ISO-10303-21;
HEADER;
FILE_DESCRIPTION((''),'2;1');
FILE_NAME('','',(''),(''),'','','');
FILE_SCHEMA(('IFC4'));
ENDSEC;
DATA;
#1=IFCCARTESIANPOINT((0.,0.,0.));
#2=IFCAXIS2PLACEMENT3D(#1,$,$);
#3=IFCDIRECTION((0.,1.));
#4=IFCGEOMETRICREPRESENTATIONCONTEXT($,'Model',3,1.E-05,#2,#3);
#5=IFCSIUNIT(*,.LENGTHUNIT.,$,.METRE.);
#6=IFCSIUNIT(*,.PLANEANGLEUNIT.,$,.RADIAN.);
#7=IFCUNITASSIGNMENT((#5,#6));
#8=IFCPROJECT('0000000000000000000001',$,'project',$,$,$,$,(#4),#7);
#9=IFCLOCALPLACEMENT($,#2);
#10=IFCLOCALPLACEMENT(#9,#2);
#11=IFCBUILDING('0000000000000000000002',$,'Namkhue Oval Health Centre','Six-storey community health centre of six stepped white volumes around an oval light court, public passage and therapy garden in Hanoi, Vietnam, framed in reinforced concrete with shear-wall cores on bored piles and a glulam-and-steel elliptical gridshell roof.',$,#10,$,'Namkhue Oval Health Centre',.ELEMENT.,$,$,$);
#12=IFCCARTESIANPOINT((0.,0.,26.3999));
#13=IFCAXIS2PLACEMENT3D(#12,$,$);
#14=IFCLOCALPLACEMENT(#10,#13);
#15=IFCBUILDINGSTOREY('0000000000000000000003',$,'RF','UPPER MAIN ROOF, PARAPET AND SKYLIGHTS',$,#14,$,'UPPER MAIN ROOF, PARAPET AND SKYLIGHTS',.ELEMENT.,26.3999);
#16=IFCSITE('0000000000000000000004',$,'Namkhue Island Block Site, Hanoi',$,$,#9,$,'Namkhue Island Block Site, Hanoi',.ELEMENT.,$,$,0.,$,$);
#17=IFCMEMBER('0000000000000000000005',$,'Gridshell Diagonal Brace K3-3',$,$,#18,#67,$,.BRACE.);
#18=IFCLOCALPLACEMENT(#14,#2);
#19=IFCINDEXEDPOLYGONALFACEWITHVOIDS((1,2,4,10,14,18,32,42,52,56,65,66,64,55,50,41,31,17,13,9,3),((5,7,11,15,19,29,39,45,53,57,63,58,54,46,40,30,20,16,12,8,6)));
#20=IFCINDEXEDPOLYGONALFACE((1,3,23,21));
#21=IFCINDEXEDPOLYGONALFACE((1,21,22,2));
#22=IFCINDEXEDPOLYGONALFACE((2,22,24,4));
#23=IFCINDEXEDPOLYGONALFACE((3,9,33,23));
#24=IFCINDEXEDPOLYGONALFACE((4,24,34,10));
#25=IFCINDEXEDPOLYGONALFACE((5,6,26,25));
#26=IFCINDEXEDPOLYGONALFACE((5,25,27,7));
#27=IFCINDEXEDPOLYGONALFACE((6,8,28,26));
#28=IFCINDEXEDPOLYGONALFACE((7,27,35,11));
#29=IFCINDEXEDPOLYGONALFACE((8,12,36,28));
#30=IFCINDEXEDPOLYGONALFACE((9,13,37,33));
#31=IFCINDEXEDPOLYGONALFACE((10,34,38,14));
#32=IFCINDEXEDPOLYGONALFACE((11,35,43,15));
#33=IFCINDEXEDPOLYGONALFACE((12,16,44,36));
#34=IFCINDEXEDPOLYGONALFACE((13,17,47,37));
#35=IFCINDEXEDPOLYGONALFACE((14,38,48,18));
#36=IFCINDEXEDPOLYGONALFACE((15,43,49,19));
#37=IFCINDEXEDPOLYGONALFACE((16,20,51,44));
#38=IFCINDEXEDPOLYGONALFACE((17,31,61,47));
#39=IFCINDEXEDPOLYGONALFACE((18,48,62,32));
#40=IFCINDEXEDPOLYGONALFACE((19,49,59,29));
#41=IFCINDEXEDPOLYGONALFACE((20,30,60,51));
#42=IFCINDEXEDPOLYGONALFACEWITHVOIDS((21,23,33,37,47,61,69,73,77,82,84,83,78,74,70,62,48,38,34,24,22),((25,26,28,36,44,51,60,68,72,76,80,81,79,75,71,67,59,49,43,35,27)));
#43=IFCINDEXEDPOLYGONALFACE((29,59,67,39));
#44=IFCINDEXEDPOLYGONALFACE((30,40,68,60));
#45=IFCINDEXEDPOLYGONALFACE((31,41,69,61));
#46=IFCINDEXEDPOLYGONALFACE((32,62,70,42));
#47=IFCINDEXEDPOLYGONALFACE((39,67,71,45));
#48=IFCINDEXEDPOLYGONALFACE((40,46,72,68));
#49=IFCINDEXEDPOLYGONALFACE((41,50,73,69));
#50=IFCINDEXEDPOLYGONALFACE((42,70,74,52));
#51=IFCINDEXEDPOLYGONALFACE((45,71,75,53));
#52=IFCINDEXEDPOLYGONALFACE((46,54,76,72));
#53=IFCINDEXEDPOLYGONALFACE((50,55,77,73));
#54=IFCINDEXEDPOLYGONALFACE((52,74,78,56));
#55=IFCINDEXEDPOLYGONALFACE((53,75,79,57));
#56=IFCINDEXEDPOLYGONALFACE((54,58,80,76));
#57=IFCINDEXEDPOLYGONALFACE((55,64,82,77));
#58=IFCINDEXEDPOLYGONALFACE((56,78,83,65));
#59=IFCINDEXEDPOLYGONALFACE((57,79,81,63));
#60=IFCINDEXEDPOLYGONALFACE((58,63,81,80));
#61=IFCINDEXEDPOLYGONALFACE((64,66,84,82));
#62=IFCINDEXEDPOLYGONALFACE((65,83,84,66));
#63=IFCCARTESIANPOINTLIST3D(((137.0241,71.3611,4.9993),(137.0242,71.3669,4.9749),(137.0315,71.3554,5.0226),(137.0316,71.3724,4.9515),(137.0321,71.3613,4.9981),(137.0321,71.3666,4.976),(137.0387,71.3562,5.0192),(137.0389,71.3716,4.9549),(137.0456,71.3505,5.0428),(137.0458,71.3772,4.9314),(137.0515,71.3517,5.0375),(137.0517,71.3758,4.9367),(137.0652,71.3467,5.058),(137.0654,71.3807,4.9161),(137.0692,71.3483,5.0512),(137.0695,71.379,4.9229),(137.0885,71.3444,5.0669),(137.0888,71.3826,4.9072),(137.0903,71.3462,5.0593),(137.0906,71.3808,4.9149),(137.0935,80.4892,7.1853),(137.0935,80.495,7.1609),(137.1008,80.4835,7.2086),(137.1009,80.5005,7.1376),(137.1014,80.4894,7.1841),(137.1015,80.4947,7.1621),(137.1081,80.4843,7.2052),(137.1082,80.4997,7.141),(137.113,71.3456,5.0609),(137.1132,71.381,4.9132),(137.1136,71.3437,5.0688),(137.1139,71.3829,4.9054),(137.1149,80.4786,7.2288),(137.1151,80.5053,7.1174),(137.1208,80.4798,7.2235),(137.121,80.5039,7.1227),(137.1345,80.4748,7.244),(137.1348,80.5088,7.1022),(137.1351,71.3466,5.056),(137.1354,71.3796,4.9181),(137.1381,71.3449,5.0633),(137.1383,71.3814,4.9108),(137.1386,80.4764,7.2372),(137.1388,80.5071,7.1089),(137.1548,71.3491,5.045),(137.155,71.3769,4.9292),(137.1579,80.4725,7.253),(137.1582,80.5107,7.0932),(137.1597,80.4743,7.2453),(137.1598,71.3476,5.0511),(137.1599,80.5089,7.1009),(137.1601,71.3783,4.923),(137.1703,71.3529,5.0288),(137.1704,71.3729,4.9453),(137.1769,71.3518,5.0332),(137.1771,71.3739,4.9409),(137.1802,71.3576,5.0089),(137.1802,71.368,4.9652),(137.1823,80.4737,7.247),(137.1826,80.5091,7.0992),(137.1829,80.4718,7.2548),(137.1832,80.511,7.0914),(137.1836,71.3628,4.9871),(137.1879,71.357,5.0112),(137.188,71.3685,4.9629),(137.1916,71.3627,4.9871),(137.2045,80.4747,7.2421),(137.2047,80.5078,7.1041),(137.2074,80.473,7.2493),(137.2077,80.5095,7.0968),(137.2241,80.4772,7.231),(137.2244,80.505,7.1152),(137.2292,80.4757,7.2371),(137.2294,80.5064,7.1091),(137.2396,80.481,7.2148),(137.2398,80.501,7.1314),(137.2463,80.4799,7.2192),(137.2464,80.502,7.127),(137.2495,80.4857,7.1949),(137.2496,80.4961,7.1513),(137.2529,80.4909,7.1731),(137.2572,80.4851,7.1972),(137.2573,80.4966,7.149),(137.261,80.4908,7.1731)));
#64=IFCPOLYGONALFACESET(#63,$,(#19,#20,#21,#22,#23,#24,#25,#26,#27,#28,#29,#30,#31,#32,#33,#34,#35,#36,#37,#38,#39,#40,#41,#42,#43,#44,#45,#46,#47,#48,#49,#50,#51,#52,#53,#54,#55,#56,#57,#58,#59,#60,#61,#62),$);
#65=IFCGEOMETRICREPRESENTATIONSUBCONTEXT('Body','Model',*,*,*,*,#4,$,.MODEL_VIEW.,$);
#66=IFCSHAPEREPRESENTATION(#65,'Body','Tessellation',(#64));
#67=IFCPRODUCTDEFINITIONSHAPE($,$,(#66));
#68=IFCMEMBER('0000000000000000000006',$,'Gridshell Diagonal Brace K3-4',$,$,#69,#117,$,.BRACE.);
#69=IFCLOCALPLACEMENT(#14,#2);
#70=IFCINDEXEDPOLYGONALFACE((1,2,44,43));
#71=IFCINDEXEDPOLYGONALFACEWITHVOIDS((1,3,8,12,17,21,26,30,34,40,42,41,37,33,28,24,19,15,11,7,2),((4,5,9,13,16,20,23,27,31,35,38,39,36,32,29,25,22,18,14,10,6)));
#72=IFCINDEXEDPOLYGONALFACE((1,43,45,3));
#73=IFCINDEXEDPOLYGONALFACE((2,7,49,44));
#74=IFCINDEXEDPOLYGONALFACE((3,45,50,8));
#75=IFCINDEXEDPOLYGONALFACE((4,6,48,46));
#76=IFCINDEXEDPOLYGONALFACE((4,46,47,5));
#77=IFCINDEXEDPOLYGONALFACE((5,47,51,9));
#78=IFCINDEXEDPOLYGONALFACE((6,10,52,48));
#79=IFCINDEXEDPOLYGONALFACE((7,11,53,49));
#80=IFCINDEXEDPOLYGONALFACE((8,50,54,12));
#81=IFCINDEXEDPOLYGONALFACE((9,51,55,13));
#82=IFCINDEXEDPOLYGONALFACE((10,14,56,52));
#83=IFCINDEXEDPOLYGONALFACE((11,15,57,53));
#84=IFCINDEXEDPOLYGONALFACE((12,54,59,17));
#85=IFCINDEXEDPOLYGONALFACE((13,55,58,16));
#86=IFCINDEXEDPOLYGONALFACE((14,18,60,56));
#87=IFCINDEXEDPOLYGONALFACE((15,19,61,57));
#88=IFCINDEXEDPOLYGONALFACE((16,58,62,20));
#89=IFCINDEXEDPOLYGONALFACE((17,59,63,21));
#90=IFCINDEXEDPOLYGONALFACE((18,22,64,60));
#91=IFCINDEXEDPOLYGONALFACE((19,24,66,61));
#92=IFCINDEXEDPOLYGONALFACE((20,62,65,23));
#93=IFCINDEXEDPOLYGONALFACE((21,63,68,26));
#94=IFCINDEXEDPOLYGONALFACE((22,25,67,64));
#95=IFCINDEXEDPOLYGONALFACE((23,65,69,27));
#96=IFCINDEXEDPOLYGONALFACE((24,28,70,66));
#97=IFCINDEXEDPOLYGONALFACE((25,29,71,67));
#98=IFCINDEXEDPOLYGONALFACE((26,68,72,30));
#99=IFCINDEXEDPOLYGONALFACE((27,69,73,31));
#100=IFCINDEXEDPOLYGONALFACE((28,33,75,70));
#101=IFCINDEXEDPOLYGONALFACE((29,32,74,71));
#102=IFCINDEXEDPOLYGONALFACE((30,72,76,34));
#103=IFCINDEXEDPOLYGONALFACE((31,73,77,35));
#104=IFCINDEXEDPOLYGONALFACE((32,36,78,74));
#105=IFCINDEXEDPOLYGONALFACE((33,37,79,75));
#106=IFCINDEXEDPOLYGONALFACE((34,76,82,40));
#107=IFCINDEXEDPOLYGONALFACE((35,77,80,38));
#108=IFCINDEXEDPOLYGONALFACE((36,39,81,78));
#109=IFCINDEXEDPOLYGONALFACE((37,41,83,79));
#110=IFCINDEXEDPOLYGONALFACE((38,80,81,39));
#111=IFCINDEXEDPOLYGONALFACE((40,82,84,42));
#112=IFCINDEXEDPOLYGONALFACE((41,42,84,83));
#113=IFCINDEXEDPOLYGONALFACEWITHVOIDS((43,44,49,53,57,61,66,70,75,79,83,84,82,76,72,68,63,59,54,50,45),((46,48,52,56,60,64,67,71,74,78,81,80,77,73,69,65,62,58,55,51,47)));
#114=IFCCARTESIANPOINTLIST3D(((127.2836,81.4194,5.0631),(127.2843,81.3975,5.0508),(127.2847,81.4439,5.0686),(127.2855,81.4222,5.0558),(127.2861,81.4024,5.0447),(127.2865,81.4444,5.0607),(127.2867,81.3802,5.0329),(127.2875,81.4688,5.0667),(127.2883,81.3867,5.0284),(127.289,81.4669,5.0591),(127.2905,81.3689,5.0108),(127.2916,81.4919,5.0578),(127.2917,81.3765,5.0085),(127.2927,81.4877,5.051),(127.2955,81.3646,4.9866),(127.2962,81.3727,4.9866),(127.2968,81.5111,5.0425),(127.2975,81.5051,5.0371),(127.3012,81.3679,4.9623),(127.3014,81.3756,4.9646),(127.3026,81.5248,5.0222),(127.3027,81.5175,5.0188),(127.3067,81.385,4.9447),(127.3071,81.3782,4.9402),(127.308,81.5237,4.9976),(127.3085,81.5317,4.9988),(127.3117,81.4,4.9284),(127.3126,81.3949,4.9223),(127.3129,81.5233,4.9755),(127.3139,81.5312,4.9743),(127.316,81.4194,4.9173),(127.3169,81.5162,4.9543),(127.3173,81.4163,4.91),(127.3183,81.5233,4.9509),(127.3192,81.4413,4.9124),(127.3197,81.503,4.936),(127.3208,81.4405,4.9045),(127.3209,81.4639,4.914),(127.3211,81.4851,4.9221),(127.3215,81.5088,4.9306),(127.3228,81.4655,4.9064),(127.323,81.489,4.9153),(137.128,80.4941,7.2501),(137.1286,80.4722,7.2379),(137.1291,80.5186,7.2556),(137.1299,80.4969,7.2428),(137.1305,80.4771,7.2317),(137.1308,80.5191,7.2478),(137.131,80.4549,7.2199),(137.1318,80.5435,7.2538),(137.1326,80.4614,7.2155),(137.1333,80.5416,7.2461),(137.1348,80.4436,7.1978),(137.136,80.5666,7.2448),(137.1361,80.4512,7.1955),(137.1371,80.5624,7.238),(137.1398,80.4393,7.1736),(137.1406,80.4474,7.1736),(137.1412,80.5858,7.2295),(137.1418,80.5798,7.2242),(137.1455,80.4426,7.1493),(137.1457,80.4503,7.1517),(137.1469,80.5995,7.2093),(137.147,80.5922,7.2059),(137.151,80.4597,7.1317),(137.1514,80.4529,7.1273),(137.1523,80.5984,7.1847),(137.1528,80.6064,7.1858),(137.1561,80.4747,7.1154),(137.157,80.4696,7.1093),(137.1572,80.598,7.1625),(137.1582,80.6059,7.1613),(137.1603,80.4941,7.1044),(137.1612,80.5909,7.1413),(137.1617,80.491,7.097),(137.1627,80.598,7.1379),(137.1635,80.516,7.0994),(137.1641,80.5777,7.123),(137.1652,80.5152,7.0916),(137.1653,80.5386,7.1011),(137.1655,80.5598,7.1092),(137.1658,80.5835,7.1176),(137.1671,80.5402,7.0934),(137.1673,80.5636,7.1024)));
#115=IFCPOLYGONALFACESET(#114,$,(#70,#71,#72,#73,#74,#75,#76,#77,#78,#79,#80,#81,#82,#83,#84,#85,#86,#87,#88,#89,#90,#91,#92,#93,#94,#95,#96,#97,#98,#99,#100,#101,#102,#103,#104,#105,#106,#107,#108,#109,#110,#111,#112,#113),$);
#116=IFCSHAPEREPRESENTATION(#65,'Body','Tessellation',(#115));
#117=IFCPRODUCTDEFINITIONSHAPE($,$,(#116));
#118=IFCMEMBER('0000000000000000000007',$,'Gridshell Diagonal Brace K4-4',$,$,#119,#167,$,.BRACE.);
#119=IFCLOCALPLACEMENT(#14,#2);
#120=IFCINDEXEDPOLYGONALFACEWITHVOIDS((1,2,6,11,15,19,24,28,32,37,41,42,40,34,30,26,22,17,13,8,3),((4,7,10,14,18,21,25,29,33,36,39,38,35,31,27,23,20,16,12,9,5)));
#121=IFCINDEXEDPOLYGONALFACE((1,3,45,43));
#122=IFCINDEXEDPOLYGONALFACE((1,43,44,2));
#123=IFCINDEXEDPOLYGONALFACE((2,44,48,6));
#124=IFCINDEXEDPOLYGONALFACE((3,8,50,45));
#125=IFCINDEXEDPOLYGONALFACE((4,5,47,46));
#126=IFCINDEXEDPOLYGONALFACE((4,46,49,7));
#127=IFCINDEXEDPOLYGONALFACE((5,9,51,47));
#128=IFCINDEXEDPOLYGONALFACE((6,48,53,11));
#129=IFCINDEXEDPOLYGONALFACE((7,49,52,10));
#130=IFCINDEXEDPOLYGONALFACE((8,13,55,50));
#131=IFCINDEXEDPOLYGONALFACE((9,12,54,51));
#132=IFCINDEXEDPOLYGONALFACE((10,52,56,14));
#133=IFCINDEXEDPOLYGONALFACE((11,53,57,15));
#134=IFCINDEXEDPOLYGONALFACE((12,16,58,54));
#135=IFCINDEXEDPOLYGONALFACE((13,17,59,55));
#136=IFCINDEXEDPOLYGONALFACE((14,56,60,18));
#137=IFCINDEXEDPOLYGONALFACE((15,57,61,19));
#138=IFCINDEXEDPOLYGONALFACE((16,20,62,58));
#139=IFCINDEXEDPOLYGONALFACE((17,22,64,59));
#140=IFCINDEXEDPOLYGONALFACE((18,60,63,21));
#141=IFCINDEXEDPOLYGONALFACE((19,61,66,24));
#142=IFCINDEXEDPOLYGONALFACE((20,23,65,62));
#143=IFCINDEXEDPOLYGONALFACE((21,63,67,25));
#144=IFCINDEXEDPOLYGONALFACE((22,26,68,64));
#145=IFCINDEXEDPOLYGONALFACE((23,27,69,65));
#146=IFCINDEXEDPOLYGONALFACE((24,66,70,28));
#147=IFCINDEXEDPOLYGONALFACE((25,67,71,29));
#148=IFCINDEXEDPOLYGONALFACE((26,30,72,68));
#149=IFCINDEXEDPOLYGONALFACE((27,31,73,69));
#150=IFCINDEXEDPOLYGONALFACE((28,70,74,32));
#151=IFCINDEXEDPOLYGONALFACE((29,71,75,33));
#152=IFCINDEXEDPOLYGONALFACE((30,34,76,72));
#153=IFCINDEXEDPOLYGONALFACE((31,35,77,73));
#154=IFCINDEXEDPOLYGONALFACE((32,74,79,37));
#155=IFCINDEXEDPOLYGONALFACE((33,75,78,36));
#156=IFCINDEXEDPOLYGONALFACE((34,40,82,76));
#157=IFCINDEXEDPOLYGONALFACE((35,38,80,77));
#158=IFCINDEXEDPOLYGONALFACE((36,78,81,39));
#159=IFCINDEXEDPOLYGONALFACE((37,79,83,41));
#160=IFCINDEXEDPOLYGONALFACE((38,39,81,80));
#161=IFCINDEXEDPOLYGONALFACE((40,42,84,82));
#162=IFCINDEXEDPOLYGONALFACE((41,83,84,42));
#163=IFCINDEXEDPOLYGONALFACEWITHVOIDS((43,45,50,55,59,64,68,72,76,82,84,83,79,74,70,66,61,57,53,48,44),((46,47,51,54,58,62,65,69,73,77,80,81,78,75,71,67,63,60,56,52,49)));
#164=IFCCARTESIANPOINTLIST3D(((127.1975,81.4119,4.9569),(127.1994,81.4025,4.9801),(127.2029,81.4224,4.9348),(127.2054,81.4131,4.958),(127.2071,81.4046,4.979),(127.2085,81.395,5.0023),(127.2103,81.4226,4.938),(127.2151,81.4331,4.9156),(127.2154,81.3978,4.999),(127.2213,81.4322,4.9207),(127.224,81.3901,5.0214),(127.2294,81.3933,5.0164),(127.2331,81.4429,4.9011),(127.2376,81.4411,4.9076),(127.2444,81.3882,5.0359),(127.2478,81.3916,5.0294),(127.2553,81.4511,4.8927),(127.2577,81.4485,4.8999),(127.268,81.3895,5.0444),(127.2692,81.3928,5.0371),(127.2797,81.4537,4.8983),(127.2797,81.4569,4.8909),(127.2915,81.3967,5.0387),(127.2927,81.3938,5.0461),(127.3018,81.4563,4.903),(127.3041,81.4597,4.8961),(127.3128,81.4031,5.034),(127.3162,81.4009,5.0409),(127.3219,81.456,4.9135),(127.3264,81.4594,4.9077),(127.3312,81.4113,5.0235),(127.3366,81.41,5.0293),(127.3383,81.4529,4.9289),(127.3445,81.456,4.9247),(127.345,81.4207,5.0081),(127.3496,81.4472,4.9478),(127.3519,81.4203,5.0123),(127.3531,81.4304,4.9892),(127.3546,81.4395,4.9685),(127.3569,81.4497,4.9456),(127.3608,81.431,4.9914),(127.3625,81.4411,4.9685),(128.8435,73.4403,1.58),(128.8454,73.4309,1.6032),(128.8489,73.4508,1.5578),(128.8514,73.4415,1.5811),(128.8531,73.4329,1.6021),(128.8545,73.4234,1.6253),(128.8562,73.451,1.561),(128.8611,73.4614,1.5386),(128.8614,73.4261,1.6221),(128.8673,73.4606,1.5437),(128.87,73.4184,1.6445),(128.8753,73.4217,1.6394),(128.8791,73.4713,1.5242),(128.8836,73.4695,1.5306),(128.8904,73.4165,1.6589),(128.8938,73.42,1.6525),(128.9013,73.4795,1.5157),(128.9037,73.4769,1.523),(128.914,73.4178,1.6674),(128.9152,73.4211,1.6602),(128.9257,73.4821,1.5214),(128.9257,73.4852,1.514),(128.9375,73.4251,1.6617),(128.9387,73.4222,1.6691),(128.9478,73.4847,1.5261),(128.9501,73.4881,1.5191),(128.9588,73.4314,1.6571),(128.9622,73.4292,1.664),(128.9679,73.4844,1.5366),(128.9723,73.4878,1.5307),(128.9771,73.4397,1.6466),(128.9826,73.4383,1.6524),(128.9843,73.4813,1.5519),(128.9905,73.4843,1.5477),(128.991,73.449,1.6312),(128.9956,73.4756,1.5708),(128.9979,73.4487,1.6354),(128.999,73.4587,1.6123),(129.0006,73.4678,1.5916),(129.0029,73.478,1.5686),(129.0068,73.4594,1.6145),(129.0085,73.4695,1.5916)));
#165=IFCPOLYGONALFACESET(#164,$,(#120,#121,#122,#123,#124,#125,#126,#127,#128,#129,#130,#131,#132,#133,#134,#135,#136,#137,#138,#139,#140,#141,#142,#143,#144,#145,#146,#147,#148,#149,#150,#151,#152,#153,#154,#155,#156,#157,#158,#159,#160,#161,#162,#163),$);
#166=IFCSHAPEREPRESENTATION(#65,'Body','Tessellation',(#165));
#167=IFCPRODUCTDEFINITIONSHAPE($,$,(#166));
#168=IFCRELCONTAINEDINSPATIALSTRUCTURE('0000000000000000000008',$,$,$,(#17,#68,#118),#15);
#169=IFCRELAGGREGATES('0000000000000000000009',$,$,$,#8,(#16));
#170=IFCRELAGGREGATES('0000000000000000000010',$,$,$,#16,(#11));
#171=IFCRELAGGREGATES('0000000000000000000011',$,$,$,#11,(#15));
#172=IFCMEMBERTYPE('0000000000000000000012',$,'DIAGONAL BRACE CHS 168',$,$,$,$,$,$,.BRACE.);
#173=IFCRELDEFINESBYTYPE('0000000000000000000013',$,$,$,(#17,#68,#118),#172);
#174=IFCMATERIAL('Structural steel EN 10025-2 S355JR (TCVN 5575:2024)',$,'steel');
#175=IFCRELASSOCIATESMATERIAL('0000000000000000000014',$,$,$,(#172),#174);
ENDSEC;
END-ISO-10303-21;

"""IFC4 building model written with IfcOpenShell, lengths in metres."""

from ifc_helpers import new_model, si_unit, direction, frame, origin, origin_2d, place, context, subcontext, project, spatial, hollow_circle, extrude, material, material_profile, profile_set, type_object, element, save


model = new_model("IFC4")

# Units and contexts
model_context = context("Model", 3, precision=1e-05, world=origin(), true_north=direction((0.0, 1.0)))
body_context = subcontext(model_context, "Body", "Model", "MODEL_VIEW")
ifc_project = project(units=[si_unit("LENGTHUNIT", "METRE"), si_unit("PLANEANGLEUNIT", "RADIAN")], contexts=[model_context])

# Site, building, storey
site_placement = place(None, origin())
site = spatial("IfcSite", under=ifc_project, at=site_placement, Name="Namkhue Island Block Site, Hanoi", LongName="Namkhue Island Block Site, Hanoi", CompositionType="ELEMENT", RefElevation=0.0)
building_placement = place(site_placement, origin())
building = spatial("IfcBuilding", under=site, at=building_placement, Name="Namkhue Oval Health Centre", Description="Six-storey community health centre of six stepped white volumes around an oval light court, public passage and therapy garden in Hanoi, Vietnam, framed in reinforced concrete with shear-wall cores on bored piles and a glulam-and-steel elliptical gridshell roof.", LongName="Namkhue Oval Health Centre", CompositionType="ELEMENT")
storey_placement = place(building_placement, frame((0.0, 0.0, 26.3999)))
storey = spatial("IfcBuildingStorey", under=building, at=storey_placement, Name="RF", Description="UPPER MAIN ROOF, PARAPET AND SKYLIGHTS", LongName="UPPER MAIN ROOF, PARAPET AND SKYLIGHTS", CompositionType="ELEMENT", Elevation=26.3999)

# Members
ifc_material_1 = material(Name="Structural steel EN 10025-2 S355JR (TCVN 5575:2024)", Category="steel")
ifc_material_profile_1 = material_profile(ifc_material_1, hollow_circle(Radius=0.0842, WallThickness=0.0081, at=origin_2d()), Name="CHS 168.3x8")
ifc_profile_set_1 = profile_set([ifc_material_profile_1], Name="Structural steel EN 10025-2 S355JR (TCVN 5575:2024)")
member_type_1 = type_object("IfcMemberType", Name="DIAGONAL BRACE CHS 168", PredefinedType="BRACE", material=ifc_profile_set_1)
member_1_placement = place(storey_placement, frame((137.1768, 80.4915, 7.1731), z_axis=(-0.007387, -0.972475, -0.23289), x_axis=(0.999971, -0.007596, 0.0)))
element("IfcMember", 1, at=member_1_placement, inside=storey, type_object=member_type_1, Name="Gridshell Diagonal Brace K3-3", PredefinedType="BRACE", context=body_context, shape_type="SweptSolid", body=[
    extrude(hollow_circle(Radius=0.0842, WallThickness=0.0081, at=origin_2d()), origin(), (0.0, 0.0, 1.0), 9.3865),
])
member_2_placement = place(storey_placement, frame((137.1477, 80.5232, 7.1736), z_axis=(-0.972116, 0.091372, -0.215967), x_axis=(-0.093581, -0.995612, 0.0)))
element("IfcMember", 2, at=member_2_placement, inside=storey, type_object=member_type_1, Name="Gridshell Diagonal Brace K3-4", PredefinedType="BRACE", context=body_context, shape_type="SweptSolid", body=[
    extrude(hollow_circle(Radius=0.0842, WallThickness=0.0081, at=origin_2d()), origin(), (0.0, 0.0, 1.0), 10.1267),
])
member_3_placement = place(storey_placement, frame((127.28, 81.4241, 4.9685), z_axis=(0.186779, -0.904584, -0.383199), x_axis=(0.979341, 0.202215, 0.0)))
element("IfcMember", 3, at=member_3_placement, inside=storey, type_object=member_type_1, Name="Gridshell Diagonal Brace K4-4", PredefinedType="BRACE", context=body_context, shape_type="SweptSolid", body=[
    extrude(hollow_circle(Radius=0.0842, WallThickness=0.0081, at=origin_2d()), origin(), (0.0, 0.0, 1.0), 8.8125),
])

save(model, "model.ifc")
